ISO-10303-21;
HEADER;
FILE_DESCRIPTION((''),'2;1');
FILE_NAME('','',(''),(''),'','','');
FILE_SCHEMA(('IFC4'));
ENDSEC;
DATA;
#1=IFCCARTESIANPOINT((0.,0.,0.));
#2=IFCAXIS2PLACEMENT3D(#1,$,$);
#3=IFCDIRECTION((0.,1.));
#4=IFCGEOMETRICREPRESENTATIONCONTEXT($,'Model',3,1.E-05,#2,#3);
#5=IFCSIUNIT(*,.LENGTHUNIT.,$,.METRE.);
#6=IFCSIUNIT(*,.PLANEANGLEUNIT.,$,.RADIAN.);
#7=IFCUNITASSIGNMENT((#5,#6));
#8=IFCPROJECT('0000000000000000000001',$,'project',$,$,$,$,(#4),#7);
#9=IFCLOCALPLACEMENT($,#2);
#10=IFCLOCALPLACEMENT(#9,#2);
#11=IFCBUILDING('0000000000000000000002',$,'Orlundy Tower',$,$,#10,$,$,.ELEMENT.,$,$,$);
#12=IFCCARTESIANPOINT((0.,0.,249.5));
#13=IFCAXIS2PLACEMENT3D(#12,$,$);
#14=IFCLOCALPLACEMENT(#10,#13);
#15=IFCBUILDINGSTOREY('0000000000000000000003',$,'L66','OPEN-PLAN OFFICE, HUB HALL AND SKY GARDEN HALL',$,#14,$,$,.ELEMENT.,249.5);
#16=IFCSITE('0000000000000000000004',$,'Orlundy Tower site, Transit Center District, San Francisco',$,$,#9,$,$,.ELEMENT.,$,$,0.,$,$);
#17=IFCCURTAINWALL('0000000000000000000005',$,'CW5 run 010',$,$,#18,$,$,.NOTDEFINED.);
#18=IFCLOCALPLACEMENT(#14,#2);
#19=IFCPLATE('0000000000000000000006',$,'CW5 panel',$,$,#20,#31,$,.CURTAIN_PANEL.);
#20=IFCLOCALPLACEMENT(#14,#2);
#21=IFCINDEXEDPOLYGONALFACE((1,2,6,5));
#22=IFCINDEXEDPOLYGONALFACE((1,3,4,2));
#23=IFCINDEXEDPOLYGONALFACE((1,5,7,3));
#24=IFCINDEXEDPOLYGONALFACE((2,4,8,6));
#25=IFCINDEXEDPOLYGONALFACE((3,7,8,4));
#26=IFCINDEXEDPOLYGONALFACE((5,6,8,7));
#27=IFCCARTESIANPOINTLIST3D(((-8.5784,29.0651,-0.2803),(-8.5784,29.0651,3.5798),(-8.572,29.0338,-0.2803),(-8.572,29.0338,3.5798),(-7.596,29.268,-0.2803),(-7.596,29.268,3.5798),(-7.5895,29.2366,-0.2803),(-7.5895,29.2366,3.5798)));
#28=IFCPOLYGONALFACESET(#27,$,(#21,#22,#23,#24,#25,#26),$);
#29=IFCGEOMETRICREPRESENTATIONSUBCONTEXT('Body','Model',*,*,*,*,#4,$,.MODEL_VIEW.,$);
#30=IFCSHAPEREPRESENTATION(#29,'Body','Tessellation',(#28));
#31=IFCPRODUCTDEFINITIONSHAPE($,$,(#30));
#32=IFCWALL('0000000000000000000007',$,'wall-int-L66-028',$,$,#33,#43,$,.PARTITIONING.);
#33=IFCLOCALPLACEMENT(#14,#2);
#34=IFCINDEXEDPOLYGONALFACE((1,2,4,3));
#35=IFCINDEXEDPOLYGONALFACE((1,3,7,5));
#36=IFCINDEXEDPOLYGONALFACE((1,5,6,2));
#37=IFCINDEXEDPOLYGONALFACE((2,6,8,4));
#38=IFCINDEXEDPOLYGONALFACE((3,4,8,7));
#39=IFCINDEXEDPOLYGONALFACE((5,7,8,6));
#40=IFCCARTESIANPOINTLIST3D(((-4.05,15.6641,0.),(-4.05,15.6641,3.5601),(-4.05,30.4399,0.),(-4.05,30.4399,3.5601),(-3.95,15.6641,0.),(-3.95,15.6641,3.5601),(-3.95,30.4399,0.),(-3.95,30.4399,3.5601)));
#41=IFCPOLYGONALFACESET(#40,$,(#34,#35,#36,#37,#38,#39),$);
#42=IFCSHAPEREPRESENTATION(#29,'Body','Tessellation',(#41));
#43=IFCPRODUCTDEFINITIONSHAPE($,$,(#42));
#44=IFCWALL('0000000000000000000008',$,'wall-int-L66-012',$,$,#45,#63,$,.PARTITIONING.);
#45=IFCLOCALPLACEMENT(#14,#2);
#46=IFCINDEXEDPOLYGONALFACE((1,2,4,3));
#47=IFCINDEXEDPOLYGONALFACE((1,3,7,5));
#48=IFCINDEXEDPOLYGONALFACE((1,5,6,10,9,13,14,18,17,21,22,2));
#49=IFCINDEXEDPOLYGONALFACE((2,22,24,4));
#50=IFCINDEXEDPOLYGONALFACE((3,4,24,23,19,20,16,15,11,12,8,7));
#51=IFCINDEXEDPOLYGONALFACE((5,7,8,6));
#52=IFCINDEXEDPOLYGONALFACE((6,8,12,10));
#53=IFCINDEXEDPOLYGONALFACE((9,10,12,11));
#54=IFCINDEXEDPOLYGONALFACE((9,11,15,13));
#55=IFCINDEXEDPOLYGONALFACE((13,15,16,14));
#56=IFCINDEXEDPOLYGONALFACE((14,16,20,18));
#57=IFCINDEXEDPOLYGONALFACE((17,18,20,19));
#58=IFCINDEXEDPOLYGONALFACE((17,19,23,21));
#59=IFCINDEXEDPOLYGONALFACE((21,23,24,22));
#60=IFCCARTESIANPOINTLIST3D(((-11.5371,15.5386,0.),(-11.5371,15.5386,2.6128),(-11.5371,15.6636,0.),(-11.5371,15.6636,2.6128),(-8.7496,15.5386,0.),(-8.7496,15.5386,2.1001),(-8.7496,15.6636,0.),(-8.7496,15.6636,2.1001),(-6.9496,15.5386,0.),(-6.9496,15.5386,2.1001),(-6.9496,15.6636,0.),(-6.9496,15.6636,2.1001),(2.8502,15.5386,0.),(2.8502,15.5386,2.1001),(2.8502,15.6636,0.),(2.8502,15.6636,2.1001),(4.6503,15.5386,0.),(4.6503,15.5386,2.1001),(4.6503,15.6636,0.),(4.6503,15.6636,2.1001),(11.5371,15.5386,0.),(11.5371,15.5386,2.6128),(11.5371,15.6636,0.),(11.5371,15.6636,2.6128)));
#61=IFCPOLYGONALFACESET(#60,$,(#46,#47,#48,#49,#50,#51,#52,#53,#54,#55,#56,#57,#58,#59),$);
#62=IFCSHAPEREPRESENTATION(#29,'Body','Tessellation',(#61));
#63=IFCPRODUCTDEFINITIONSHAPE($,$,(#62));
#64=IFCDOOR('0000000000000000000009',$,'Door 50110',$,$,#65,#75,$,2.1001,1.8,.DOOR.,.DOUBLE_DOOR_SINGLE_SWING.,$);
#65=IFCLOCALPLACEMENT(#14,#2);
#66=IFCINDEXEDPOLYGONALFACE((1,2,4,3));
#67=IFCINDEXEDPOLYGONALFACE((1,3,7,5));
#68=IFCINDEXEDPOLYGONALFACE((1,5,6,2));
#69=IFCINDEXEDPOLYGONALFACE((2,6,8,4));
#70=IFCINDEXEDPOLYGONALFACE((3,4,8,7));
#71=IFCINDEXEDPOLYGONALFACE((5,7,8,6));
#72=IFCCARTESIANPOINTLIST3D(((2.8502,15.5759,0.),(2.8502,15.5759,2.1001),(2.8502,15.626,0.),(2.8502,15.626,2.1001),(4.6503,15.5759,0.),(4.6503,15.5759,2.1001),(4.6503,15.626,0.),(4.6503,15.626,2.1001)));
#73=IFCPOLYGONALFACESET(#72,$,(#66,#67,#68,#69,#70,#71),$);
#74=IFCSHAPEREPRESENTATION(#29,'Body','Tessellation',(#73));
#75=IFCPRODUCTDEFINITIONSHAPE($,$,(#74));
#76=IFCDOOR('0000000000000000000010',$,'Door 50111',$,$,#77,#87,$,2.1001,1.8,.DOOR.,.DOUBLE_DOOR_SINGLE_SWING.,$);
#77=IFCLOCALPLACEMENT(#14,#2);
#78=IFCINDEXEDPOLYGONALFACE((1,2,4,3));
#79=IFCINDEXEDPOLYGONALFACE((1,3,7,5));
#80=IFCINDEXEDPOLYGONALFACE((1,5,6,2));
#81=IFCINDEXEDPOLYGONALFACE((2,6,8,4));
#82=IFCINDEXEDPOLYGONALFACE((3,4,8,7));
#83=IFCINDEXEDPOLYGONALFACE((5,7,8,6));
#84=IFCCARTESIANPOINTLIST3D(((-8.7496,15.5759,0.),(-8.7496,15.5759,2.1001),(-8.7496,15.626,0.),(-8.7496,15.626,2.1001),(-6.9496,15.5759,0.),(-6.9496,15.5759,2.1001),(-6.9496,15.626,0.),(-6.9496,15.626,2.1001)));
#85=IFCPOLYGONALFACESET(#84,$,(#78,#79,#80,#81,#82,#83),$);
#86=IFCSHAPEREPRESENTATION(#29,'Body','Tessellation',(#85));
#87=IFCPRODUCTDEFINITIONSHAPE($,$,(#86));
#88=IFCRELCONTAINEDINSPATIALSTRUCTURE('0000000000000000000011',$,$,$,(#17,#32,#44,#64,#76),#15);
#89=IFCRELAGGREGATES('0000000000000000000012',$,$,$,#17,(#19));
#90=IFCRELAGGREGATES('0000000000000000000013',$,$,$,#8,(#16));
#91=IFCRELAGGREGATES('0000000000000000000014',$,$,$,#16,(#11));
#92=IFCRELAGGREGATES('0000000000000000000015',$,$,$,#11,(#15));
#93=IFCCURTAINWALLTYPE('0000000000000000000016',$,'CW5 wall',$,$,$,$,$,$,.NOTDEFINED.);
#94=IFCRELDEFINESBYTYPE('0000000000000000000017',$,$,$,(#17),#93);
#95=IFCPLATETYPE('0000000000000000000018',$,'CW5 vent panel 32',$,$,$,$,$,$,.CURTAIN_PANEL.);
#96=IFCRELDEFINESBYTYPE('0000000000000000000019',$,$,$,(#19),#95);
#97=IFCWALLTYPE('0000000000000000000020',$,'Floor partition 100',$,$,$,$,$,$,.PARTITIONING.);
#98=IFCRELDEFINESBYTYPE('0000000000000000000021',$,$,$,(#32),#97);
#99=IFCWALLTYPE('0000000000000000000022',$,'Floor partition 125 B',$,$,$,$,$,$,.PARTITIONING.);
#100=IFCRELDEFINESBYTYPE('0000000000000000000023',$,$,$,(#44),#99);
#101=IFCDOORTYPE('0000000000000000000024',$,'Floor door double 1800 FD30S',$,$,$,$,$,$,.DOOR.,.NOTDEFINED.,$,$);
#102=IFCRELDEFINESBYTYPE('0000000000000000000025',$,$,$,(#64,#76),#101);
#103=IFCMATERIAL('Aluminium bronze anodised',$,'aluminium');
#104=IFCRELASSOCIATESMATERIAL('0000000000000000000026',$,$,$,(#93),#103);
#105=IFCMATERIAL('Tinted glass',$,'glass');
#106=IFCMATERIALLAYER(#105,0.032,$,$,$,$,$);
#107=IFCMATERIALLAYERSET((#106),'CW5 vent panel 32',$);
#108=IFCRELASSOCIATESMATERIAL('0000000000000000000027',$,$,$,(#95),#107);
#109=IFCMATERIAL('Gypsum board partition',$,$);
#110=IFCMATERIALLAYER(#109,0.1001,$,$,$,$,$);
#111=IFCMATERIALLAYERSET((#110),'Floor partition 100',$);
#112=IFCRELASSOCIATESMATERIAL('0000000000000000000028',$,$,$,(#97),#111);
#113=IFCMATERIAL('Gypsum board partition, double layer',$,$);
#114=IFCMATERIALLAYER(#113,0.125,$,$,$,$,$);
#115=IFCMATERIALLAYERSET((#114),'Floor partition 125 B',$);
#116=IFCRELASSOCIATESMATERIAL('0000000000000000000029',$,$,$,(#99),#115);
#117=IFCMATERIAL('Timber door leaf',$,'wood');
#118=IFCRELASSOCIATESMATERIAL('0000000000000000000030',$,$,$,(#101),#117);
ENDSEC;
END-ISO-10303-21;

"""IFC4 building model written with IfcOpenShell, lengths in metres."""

from ifc_helpers import new_model, si_unit, direction, frame, frame_2d, origin, origin_2d, place, context, subcontext, project, spatial, rectangle, extrude, material, layer, layer_set, type_object, element, fill, aggregate, save


model = new_model("IFC4")

# Units and contexts
model_context = context("Model", 3, precision=1e-05, world=origin(), true_north=direction((0.0, 1.0)))
body_context = subcontext(model_context, "Body", "Model", "MODEL_VIEW")
ifc_project = project(units=[si_unit("LENGTHUNIT", "METRE"), si_unit("PLANEANGLEUNIT", "RADIAN")], contexts=[model_context])

# Site, building, storey
site_placement = place(None, origin())
site = spatial("IfcSite", under=ifc_project, at=site_placement, Name="Orlundy Tower site, Transit Center District, San Francisco", CompositionType="ELEMENT", RefElevation=0.0)
building_placement = place(site_placement, origin())
building = spatial("IfcBuilding", under=site, at=building_placement, Name="Orlundy Tower", CompositionType="ELEMENT")
storey_placement = place(building_placement, frame((0.0, 0.0, 249.5)))
storey = spatial("IfcBuildingStorey", under=building, at=storey_placement, Name="L66", Description="OPEN-PLAN OFFICE, HUB HALL AND SKY GARDEN HALL", CompositionType="ELEMENT", Elevation=249.5)

# Shared definitions
ifc_material_1 = material(Name="Aluminium bronze anodised", Category="aluminium")
curtain_wall_type = type_object("IfcCurtainWallType", Name="CW5 wall", PredefinedType="NOTDEFINED", material=ifc_material_1)

# Curtain wall, plate
curtain_wall_1_placement = place(storey_placement, origin())
curtain_wall_1 = element("IfcCurtainWall", 1, at=curtain_wall_1_placement, inside=storey, type_object=curtain_wall_type, Name="CW5 run 010", PredefinedType="NOTDEFINED")
ifc_material_2 = material(Name="Tinted glass", Category="glass")
ifc_layer_1 = layer(ifc_material_2, 0.032)
ifc_layer_set_1 = layer_set([ifc_layer_1], Name="CW5 vent panel 32")
plate_type_1 = type_object("IfcPlateType", Name="CW5 vent panel 32", PredefinedType="CURTAIN_PANEL", material=ifc_layer_set_1)
plate_1_placement = place(storey_placement, frame((-8.084, 29.1509, -0.2803), z_axis=(0.0, 0.0, 1.0), x_axis=(0.979345, 0.202195, 0.0)))
plate_1 = element("IfcPlate", 2, at=plate_1_placement, type_object=plate_type_1, Name="CW5 panel", PredefinedType="CURTAIN_PANEL", context=body_context, shape_type="SweptSolid", body=[
    extrude(rectangle(XDim=1.0032, YDim=0.032, at=origin_2d()), origin(), (0.0, 0.0, 1.0), 3.8601),
])
aggregate(curtain_wall_1, [plate_1])

# Wall
ifc_material_3 = material(Name="Gypsum board partition")
ifc_layer_2 = layer(ifc_material_3, 0.1001)
ifc_layer_set_2 = layer_set([ifc_layer_2], Name="Floor partition 100")
wall_type_1 = type_object("IfcWallType", Name="Floor partition 100", PredefinedType="PARTITIONING", material=ifc_layer_set_2)
wall_1_placement = place(storey_placement, frame((-4.0, 15.6641, 0.0), z_axis=(0.0, 0.0, 1.0), x_axis=(0.0, 1.0, 0.0)))
element("IfcWall", 3, at=wall_1_placement, inside=storey, type_object=wall_type_1, Name="wall-int-L66-028", PredefinedType="PARTITIONING", context=body_context, shape_type="SweptSolid", body=[
    extrude(rectangle(XDim=14.7759, YDim=0.1001, at=frame_2d((7.3879, 0.0))), origin(), (0.0, 0.0, 1.0), 3.5601),
])

# Wall, openings, doors
ifc_material_4 = material(Name="Gypsum board partition, double layer")
ifc_layer_3 = layer(ifc_material_4, 0.125)
ifc_layer_set_3 = layer_set([ifc_layer_3], Name="Floor partition 125 B")
wall_type_2 = type_object("IfcWallType", Name="Floor partition 125 B", PredefinedType="PARTITIONING", material=ifc_layer_set_3)
wall_2_placement = place(storey_placement, frame((-11.5371, 15.6011, 0.0), z_axis=(0.0, 0.0, 1.0), x_axis=(1.0, 0.0, 0.0)))
wall_2 = element("IfcWall", 4, at=wall_2_placement, inside=storey, type_object=wall_type_2, Name="wall-int-L66-012", PredefinedType="PARTITIONING", context=body_context, shape_type="SweptSolid", body=[
    extrude(rectangle(XDim=23.0742, YDim=0.125, at=frame_2d((11.5371, 0.0))), origin(), (0.0, 0.0, 1.0), 2.6128),
])
opening_1_placement = place(wall_2_placement, frame((14.3875, 0.0, 0.0)))
opening_1 = element("IfcOpeningElement", 5, at=opening_1_placement, cuts=wall_2, PredefinedType="OPENING", context=body_context, shape_type="SweptSolid", body=[
    extrude(rectangle(XDim=1.8, YDim=2.1001, at=frame_2d((0.8999, 1.05))), frame((0.0, 0.0725, 0.0), z_axis=(0.0, -1.0, 0.0), x_axis=(1.0, 0.0, 0.0)), (0.0, 0.0, 1.0), 0.145),
])
opening_2_placement = place(wall_2_placement, frame((2.7876, 0.0, 0.0)))
opening_2 = element("IfcOpeningElement", 6, at=opening_2_placement, cuts=wall_2, PredefinedType="OPENING", context=body_context, shape_type="SweptSolid", body=[
    extrude(rectangle(XDim=1.8, YDim=2.1001, at=frame_2d((0.8999, 1.05))), frame((0.0, 0.0725, 0.0), z_axis=(0.0, -1.0, 0.0), x_axis=(1.0, 0.0, 0.0)), (0.0, 0.0, 1.0), 0.145),
])
ifc_material_5 = material(Name="Timber door leaf", Category="wood")
door_type = type_object("IfcDoorType", Name="Floor door double 1800 FD30S", OperationType="NOTDEFINED", PredefinedType="DOOR", material=ifc_material_5)
door_1_placement = place(opening_1_placement, origin())
door_1 = element("IfcDoor", 7, at=door_1_placement, inside=storey, type_object=door_type, Name="Door 50110", OperationType="DOUBLE_DOOR_SINGLE_SWING", OverallHeight=2.1001, OverallWidth=1.8, PredefinedType="DOOR", context=body_context, shape_type="SweptSolid", body=[
    extrude(rectangle(XDim=1.8, YDim=2.1001, at=frame_2d((0.8999, 1.05))), frame((0.0, 0.0249, 0.0), z_axis=(0.0, -1.0, 0.0), x_axis=(1.0, 0.0, 0.0)), (0.0, 0.0, 1.0), 0.05),
])
fill(opening_1, door_1)
door_2_placement = place(opening_2_placement, origin())
door_2 = element("IfcDoor", 8, at=door_2_placement, inside=storey, type_object=door_type, Name="Door 50111", OperationType="DOUBLE_DOOR_SINGLE_SWING", OverallHeight=2.1001, OverallWidth=1.8, PredefinedType="DOOR", context=body_context, shape_type="SweptSolid", body=[
    extrude(rectangle(XDim=1.8, YDim=2.1001, at=frame_2d((0.8999, 1.05))), frame((0.0, 0.0249, 0.0), z_axis=(0.0, -1.0, 0.0), x_axis=(1.0, 0.0, 0.0)), (0.0, 0.0, 1.0), 0.05),
])
fill(opening_2, door_2)

save(model, "model.ifc")
